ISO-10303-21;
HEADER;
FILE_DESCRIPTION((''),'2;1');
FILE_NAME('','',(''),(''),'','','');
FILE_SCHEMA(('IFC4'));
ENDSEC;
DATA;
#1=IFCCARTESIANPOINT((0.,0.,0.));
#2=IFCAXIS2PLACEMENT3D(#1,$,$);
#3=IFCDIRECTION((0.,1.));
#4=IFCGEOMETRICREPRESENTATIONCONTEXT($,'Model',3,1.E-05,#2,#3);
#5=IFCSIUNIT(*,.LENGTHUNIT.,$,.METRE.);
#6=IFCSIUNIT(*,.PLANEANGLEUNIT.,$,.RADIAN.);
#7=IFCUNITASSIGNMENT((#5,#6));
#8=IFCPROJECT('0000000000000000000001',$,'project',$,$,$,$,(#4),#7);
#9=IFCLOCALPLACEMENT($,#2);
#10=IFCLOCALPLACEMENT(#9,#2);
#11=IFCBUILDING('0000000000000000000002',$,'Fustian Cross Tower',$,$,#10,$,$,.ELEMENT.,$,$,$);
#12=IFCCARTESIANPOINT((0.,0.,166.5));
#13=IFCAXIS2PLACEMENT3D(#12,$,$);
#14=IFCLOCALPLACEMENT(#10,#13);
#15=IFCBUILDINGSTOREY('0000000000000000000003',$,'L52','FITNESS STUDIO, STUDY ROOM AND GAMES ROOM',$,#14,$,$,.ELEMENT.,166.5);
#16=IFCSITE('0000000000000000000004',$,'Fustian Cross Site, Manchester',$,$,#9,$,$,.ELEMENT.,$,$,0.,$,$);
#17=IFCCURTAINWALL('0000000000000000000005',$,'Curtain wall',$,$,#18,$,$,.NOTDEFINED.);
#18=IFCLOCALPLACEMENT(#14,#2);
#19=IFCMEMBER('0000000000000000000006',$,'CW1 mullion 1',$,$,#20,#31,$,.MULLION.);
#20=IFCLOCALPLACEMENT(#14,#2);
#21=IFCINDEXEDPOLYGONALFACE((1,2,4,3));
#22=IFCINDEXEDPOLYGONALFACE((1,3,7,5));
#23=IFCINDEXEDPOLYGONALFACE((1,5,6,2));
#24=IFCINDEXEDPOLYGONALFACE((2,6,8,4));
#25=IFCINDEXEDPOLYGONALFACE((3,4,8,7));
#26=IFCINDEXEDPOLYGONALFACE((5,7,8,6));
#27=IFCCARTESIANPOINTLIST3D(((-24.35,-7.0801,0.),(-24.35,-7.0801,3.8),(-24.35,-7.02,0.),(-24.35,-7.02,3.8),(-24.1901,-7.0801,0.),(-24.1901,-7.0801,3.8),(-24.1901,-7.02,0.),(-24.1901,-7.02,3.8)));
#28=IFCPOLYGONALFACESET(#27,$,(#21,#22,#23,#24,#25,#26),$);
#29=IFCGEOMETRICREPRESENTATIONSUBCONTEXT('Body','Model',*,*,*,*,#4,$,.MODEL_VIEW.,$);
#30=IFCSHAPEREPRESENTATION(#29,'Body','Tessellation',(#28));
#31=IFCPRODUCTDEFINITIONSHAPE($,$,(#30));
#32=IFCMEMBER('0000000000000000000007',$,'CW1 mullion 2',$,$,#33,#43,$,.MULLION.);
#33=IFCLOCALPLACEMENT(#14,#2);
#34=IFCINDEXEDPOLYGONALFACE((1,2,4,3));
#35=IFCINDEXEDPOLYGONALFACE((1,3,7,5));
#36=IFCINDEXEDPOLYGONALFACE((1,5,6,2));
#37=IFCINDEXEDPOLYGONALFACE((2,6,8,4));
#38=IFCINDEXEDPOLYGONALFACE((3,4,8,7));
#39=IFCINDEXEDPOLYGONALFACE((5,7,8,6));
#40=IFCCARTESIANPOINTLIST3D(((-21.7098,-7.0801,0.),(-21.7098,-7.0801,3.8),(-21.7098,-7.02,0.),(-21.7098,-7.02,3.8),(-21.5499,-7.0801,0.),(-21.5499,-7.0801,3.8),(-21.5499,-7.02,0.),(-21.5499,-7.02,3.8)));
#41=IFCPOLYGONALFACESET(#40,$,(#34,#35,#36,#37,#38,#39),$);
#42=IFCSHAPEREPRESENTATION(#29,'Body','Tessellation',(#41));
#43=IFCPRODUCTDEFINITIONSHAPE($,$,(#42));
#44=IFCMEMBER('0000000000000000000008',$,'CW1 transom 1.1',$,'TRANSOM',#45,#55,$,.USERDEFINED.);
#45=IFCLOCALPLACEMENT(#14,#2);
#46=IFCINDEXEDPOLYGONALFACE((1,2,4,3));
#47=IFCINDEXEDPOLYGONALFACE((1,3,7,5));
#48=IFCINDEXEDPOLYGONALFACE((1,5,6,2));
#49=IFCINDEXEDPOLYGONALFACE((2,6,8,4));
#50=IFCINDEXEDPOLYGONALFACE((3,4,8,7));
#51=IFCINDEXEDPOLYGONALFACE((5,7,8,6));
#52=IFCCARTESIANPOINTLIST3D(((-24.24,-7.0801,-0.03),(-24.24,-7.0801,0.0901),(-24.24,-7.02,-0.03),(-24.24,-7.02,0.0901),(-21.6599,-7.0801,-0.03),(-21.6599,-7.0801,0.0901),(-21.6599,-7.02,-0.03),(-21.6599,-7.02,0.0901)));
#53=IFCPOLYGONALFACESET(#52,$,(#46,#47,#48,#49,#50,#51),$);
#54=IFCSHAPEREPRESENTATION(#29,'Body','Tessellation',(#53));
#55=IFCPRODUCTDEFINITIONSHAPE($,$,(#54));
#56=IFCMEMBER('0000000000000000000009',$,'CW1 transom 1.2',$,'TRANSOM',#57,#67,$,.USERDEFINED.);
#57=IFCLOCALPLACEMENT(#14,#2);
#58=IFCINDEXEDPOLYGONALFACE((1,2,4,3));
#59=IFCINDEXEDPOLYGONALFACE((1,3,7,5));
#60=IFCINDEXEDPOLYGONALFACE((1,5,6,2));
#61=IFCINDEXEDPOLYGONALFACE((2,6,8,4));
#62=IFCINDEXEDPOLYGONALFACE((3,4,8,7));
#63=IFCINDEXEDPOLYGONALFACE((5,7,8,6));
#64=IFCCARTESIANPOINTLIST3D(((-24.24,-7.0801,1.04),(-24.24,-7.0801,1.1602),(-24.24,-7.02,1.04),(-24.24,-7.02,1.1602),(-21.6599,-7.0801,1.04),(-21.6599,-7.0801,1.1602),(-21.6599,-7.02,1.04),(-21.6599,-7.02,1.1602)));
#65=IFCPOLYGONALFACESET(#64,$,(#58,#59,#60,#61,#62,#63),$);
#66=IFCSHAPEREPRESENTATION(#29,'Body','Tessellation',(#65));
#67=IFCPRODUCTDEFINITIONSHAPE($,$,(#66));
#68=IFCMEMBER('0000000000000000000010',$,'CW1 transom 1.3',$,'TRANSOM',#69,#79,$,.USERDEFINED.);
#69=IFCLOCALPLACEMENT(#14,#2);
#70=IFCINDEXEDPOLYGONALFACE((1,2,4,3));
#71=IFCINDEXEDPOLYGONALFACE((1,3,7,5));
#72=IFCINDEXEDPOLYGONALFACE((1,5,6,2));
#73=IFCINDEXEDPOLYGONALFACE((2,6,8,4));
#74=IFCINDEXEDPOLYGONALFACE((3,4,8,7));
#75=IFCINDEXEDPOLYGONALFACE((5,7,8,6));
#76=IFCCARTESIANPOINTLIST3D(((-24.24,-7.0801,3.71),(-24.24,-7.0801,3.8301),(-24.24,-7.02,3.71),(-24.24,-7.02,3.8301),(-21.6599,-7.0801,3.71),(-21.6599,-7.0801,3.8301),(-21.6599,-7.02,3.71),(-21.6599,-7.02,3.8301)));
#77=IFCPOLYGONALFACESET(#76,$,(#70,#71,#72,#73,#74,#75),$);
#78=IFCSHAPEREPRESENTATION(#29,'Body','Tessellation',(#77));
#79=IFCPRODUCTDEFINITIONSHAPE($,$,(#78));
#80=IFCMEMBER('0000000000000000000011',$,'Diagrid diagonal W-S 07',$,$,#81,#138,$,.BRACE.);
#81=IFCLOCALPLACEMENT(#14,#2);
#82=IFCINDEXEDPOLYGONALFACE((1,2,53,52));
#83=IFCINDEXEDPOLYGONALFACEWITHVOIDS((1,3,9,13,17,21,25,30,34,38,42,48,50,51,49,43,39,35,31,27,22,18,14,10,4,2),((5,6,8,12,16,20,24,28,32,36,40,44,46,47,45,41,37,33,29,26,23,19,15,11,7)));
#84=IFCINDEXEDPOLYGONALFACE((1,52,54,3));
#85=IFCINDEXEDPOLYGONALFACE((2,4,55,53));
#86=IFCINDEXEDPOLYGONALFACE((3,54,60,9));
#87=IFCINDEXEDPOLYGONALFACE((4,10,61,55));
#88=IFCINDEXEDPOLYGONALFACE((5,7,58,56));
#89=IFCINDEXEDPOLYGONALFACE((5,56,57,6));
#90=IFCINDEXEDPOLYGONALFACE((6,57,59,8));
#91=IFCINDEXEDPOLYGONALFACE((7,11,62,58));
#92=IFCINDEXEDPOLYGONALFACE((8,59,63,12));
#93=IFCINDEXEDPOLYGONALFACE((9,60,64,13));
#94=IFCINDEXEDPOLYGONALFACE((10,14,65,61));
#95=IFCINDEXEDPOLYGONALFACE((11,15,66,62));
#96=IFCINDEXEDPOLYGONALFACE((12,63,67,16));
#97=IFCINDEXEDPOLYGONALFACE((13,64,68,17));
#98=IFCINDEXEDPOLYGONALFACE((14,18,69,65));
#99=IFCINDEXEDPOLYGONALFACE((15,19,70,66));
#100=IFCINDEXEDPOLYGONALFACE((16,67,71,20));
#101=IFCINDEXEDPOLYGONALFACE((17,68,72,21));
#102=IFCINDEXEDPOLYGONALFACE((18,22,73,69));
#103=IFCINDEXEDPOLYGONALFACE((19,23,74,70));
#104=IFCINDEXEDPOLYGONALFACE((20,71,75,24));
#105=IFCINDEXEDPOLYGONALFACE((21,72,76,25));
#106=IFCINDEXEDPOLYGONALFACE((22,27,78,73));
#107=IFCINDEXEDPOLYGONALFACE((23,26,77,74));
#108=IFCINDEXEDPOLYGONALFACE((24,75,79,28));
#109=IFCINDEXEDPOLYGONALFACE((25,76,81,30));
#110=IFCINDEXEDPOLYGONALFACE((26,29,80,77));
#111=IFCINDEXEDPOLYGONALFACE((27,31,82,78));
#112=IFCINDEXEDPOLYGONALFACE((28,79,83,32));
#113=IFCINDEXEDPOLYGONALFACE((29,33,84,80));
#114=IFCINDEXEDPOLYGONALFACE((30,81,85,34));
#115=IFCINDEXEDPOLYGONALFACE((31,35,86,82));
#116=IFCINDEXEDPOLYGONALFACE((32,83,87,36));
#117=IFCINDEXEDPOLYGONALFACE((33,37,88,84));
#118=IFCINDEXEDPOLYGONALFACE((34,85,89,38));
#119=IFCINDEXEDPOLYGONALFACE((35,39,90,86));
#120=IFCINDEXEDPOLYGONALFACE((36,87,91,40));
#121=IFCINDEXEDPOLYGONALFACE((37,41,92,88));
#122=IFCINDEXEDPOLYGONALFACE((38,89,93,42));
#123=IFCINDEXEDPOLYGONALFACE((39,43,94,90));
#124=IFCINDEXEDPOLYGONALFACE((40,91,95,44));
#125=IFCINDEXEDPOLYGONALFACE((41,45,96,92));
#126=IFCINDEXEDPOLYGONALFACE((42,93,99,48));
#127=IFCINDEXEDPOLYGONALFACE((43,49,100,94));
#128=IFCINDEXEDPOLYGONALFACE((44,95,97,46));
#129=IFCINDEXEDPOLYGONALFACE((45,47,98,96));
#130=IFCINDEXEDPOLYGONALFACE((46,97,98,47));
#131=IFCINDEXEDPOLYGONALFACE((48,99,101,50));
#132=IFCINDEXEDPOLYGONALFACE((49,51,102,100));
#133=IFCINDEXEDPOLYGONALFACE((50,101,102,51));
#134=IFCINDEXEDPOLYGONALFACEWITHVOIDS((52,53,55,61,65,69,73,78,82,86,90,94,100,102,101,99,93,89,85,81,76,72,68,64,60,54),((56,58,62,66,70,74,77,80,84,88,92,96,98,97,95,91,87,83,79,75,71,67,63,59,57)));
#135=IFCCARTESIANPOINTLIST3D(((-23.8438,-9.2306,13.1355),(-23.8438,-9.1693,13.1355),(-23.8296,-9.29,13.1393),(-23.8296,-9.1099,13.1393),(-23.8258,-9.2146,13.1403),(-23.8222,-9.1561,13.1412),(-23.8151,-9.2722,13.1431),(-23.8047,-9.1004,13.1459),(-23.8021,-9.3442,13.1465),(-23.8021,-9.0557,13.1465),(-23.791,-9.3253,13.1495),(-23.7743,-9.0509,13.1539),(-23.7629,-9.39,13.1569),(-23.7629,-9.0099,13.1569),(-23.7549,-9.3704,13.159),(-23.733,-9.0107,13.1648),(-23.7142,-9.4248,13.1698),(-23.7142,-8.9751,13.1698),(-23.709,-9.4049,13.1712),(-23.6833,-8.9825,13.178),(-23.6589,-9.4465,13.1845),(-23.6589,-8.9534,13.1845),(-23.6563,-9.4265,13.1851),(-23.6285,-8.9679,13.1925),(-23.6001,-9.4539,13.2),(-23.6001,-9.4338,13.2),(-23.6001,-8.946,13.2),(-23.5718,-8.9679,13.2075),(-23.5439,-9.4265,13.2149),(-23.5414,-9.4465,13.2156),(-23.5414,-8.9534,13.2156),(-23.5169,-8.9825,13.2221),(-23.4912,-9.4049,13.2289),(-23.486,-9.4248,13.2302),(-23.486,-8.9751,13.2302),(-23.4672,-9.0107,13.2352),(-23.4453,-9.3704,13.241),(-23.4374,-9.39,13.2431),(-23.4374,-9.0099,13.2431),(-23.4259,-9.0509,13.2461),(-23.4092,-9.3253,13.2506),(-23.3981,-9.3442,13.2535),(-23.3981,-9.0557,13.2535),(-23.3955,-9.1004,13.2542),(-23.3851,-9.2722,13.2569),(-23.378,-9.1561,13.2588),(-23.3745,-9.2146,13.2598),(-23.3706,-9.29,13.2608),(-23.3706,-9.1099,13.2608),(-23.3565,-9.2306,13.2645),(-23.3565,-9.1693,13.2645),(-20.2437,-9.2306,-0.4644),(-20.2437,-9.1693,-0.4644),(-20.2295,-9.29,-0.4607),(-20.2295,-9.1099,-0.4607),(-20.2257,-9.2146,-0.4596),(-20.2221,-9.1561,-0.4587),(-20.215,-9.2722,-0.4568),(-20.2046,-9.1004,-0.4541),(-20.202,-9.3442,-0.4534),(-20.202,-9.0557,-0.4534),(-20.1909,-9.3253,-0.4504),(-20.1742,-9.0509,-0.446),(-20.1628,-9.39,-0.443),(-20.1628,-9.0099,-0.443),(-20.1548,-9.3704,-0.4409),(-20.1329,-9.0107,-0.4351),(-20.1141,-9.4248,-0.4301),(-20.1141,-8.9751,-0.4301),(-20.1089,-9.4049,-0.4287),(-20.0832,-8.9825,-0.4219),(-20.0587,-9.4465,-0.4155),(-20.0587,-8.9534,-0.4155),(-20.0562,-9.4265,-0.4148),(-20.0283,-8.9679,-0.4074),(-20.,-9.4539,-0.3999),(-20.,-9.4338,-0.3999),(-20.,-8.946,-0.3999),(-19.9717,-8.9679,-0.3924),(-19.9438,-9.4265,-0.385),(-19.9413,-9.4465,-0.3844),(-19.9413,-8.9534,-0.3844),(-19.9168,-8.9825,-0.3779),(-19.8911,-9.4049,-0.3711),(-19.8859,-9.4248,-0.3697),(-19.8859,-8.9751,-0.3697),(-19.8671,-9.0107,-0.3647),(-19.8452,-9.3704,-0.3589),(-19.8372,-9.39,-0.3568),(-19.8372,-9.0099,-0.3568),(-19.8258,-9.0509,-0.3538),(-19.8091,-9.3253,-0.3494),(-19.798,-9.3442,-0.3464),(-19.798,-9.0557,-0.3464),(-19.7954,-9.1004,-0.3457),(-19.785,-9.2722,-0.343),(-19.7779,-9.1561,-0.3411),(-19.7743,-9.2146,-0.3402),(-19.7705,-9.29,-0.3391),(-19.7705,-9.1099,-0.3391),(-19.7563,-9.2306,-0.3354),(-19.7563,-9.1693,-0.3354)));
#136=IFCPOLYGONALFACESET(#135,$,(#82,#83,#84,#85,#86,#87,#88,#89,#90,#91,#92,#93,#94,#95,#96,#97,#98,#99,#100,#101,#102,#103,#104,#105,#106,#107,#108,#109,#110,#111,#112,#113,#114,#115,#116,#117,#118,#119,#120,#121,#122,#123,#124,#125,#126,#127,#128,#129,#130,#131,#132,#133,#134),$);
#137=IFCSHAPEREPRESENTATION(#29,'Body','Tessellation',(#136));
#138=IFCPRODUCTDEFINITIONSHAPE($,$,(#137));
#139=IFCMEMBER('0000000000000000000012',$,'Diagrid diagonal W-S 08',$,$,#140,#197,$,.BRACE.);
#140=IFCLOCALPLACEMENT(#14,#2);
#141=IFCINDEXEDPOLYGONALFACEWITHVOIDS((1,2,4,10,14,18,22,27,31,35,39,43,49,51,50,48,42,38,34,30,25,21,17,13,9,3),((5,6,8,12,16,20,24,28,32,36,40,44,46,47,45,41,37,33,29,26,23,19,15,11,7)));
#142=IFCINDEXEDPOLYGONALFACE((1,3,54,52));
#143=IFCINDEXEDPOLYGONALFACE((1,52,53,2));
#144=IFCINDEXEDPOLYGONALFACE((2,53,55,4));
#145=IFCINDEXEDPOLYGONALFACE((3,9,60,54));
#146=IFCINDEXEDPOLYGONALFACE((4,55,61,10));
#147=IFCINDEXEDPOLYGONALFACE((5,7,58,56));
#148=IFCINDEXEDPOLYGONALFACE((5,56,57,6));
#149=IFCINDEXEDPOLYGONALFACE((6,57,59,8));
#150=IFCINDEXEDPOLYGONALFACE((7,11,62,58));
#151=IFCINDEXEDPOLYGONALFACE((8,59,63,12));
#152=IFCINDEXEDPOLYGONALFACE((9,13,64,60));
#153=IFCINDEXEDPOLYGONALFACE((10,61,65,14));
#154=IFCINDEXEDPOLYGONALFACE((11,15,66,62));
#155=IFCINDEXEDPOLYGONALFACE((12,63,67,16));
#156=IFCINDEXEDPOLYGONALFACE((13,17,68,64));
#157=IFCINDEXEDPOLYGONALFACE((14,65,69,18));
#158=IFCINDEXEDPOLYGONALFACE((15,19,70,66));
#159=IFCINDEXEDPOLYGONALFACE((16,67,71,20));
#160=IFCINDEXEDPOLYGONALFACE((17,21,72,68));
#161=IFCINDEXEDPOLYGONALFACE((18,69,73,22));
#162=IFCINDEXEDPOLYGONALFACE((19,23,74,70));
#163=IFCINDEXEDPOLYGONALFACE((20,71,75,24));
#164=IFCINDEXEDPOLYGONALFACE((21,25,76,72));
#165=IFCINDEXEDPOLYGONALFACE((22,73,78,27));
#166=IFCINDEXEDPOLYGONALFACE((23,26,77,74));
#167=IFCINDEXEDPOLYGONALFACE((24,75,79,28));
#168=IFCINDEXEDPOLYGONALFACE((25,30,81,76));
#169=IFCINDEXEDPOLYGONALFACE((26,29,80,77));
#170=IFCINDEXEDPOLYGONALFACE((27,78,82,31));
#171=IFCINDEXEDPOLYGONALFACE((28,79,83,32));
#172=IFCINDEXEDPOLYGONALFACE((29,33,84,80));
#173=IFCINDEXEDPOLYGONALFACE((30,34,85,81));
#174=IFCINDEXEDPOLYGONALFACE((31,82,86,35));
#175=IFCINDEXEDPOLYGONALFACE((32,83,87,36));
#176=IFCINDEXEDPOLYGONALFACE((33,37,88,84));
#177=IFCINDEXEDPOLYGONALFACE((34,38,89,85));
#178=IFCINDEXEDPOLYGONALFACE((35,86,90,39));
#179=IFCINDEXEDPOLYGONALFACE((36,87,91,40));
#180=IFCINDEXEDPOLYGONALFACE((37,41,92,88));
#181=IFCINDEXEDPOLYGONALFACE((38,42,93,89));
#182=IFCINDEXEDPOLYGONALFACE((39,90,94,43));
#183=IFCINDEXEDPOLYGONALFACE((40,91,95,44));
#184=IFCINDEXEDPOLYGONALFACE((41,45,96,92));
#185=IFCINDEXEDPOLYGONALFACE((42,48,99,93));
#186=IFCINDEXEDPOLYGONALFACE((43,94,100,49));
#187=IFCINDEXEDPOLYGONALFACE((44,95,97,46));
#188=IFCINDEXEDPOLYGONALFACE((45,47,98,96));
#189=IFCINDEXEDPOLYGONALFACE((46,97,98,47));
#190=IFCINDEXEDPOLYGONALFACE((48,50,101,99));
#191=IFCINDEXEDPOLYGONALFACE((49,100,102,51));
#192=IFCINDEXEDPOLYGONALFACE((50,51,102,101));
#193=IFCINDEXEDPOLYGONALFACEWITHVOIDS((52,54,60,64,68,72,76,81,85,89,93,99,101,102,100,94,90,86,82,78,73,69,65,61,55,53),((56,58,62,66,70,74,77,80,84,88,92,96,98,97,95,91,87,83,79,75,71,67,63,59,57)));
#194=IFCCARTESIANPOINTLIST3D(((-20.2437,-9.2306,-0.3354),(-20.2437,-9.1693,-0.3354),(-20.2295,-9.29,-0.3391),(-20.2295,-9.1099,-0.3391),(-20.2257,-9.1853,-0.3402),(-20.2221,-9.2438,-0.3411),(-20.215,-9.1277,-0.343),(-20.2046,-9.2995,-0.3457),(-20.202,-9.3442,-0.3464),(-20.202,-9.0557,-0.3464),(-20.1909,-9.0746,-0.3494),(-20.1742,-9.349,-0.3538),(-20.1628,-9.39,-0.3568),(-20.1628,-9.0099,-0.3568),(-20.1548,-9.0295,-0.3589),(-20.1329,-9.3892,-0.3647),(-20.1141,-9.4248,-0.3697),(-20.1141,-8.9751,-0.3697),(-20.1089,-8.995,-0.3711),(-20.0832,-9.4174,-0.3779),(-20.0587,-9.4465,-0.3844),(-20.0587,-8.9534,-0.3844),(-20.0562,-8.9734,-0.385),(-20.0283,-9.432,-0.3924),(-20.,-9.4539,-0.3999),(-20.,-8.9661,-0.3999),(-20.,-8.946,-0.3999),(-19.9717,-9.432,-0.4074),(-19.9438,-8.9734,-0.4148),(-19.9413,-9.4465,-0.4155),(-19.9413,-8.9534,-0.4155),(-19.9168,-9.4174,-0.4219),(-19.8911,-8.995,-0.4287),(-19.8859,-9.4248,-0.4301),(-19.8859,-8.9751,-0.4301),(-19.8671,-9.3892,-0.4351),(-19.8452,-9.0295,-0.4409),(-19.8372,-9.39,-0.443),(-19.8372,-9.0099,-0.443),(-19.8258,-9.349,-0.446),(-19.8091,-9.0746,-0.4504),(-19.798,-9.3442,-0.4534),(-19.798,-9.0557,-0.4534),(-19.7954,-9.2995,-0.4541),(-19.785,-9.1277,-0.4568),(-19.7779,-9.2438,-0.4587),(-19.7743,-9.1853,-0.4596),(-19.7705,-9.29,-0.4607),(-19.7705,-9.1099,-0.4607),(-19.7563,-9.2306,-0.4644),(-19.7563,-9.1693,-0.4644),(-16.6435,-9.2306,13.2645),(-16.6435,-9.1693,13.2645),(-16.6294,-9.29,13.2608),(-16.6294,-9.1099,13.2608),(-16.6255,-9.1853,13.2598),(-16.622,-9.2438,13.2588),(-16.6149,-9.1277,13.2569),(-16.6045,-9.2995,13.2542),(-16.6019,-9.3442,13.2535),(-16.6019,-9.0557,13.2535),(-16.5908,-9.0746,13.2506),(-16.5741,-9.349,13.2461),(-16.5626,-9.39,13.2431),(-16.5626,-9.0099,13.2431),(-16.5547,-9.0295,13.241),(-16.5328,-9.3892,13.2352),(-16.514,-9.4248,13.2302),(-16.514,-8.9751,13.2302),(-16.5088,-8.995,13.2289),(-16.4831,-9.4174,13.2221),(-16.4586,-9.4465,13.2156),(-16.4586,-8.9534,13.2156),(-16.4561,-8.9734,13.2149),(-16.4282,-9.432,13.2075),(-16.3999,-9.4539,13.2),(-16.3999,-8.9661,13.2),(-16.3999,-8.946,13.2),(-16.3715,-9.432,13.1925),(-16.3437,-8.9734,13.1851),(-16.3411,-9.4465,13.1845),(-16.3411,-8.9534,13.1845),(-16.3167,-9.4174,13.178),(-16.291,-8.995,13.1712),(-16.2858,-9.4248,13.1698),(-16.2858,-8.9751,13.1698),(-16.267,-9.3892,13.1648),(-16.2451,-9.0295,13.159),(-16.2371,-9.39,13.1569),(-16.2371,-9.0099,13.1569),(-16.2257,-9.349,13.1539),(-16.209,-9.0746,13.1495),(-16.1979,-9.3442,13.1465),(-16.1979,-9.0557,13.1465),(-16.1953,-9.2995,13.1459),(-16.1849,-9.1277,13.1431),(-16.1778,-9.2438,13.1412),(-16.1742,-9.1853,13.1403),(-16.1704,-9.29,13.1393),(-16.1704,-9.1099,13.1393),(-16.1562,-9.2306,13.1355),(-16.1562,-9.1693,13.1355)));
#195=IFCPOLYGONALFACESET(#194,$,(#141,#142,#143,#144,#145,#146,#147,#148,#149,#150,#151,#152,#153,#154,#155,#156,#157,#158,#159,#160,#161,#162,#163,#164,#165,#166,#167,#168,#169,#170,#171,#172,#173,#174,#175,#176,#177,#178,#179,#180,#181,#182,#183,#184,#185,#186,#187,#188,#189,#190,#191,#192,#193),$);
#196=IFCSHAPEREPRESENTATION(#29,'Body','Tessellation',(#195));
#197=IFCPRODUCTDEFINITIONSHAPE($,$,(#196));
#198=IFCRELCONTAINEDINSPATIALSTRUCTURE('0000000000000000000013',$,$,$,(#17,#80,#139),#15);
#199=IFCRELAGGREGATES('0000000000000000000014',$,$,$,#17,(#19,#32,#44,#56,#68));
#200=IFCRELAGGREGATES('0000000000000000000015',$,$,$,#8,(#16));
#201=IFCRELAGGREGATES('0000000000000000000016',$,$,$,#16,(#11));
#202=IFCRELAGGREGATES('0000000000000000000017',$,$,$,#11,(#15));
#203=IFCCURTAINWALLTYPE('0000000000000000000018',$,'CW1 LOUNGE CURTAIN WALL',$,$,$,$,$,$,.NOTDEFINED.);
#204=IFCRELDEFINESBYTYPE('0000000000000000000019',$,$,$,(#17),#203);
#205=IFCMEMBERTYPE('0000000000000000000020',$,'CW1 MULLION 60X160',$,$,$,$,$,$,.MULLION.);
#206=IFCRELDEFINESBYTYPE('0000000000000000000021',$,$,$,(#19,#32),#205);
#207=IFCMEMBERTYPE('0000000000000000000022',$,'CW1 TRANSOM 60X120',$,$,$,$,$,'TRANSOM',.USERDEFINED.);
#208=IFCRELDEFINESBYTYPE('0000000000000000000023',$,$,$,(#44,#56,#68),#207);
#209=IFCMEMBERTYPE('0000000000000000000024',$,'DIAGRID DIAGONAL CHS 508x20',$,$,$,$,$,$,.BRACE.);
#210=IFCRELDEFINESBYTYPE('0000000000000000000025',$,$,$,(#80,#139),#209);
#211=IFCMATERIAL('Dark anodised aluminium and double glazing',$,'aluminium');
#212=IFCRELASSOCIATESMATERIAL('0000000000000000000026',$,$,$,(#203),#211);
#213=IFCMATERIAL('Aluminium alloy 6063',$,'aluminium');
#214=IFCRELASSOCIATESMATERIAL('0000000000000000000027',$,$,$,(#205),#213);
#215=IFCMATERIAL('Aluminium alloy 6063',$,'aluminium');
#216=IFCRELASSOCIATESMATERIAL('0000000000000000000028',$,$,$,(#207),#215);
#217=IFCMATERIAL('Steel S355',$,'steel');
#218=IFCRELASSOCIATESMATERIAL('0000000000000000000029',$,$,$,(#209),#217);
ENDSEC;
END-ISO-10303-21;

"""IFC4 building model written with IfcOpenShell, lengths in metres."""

from ifc_helpers import new_model, si_unit, direction, frame, origin, origin_2d, place, context, subcontext, project, spatial, rectangle, hollow_circle, extrude, material, material_profile, profile_set, type_object, element, aggregate, save


model = new_model("IFC4")

# Units and contexts
model_context = context("Model", 3, precision=1e-05, world=origin(), true_north=direction((0.0, 1.0)))
body_context = subcontext(model_context, "Body", "Model", "MODEL_VIEW")
ifc_project = project(units=[si_unit("LENGTHUNIT", "METRE"), si_unit("PLANEANGLEUNIT", "RADIAN")], contexts=[model_context])

# Site, building, storey
site_placement = place(None, origin())
site = spatial("IfcSite", under=ifc_project, at=site_placement, Name="Fustian Cross Site, Manchester", CompositionType="ELEMENT", RefElevation=0.0)
building_placement = place(site_placement, origin())
building = spatial("IfcBuilding", under=site, at=building_placement, Name="Fustian Cross Tower", CompositionType="ELEMENT")
storey_placement = place(building_placement, frame((0.0, 0.0, 166.5)))
storey = spatial("IfcBuildingStorey", under=building, at=storey_placement, Name="L52", Description="FITNESS STUDIO, STUDY ROOM AND GAMES ROOM", CompositionType="ELEMENT", Elevation=166.5)

# Curtain wall, members
ifc_material_1 = material(Name="Dark anodised aluminium and double glazing", Category="aluminium")
curtain_wall_type = type_object("IfcCurtainWallType", Name="CW1 LOUNGE CURTAIN WALL", PredefinedType="NOTDEFINED", material=ifc_material_1)
curtain_wall_placement = place(storey_placement, origin())
curtain_wall = element("IfcCurtainWall", 1, at=curtain_wall_placement, inside=storey, type_object=curtain_wall_type, Name="Curtain wall", PredefinedType="NOTDEFINED")
ifc_material_2 = material(Name="Aluminium alloy 6063", Category="aluminium")
ifc_material_profile_1 = material_profile(ifc_material_2, rectangle(XDim=0.0601, YDim=0.1599, at=origin_2d()), Name="CW1 MULLION 60X160")
ifc_profile_set_1 = profile_set([ifc_material_profile_1], Name="Aluminium alloy 6063")
member_type_1 = type_object("IfcMemberType", Name="CW1 MULLION 60X160", PredefinedType="MULLION", material=ifc_profile_set_1)
member_1_placement = place(storey_placement, frame((-24.27, -7.05, 0.0), z_axis=(0.0, 0.0, 1.0), x_axis=(0.0, 1.0, 0.0)))
member_1 = element("IfcMember", 2, at=member_1_placement, type_object=member_type_1, Name="CW1 mullion 1", PredefinedType="MULLION", context=body_context, shape_type="SweptSolid", body=[
    extrude(rectangle(XDim=0.0601, YDim=0.1599, at=origin_2d()), origin(), (0.0, 0.0, 1.0), 3.8),
])
member_2_placement = place(storey_placement, frame((-21.6299, -7.05, 0.0), z_axis=(0.0, 0.0, 1.0), x_axis=(0.0, 1.0, 0.0)))
member_2 = element("IfcMember", 3, at=member_2_placement, type_object=member_type_1, Name="CW1 mullion 2", PredefinedType="MULLION", context=body_context, shape_type="SweptSolid", body=[
    extrude(rectangle(XDim=0.0601, YDim=0.1599, at=origin_2d()), origin(), (0.0, 0.0, 1.0), 3.8),
])
ifc_material_3 = material(Name="Aluminium alloy 6063", Category="aluminium")
ifc_material_profile_2 = material_profile(ifc_material_3, rectangle(XDim=0.0601, YDim=0.1201, at=origin_2d()), Name="CW1 TRANSOM 60X120")
ifc_profile_set_2 = profile_set([ifc_material_profile_2], Name="Aluminium alloy 6063")
member_type_2 = type_object("IfcMemberType", Name="CW1 TRANSOM 60X120", ElementType="TRANSOM", PredefinedType="USERDEFINED", material=ifc_profile_set_2)
member_3_placement = place(storey_placement, frame((-24.24, -7.05, 0.03), z_axis=(1.0, 0.0, 0.0), x_axis=(0.0, 1.0, 0.0)))
member_3 = element("IfcMember", 4, at=member_3_placement, type_object=member_type_2, Name="CW1 transom 1.1", ObjectType="TRANSOM", PredefinedType="USERDEFINED", context=body_context, shape_type="SweptSolid", body=[
    extrude(rectangle(XDim=0.0601, YDim=0.1201, at=origin_2d()), origin(), (0.0, 0.0, 1.0), 2.5801),
])
member_4_placement = place(storey_placement, frame((-24.24, -7.05, 1.1001), z_axis=(1.0, 0.0, 0.0), x_axis=(0.0, 1.0, 0.0)))
member_4 = element("IfcMember", 5, at=member_4_placement, type_object=member_type_2, Name="CW1 transom 1.2", ObjectType="TRANSOM", PredefinedType="USERDEFINED", context=body_context, shape_type="SweptSolid", body=[
    extrude(rectangle(XDim=0.0601, YDim=0.1201, at=origin_2d()), origin(), (0.0, 0.0, 1.0), 2.5801),
])
member_5_placement = place(storey_placement, frame((-24.24, -7.05, 3.77), z_axis=(1.0, 0.0, 0.0), x_axis=(0.0, 1.0, 0.0)))
member_5 = element("IfcMember", 6, at=member_5_placement, type_object=member_type_2, Name="CW1 transom 1.3", ObjectType="TRANSOM", PredefinedType="USERDEFINED", context=body_context, shape_type="SweptSolid", body=[
    extrude(rectangle(XDim=0.0601, YDim=0.1201, at=origin_2d()), origin(), (0.0, 0.0, 1.0), 2.5801),
])

# Members
ifc_material_4 = material(Name="Steel S355", Category="steel")
ifc_material_profile_3 = material_profile(ifc_material_4, hollow_circle(Radius=0.2539, WallThickness=0.02, at=origin_2d()), Name="CHS 508x20")
ifc_profile_set_3 = profile_set([ifc_material_profile_3], Name="Steel S355")
member_type_3 = type_object("IfcMemberType", Name="DIAGRID DIAGONAL CHS 508x20", PredefinedType="BRACE", material=ifc_profile_set_3)
for number, where, z_axis, x_axis, name in (
    (7, (-20.0, -9.2, -0.3999), (-0.255902, 0.0, 0.966703), (0.0, -1.0, 0.0), "Diagrid diagonal W-S 07"),
    (8, (-20.0, -9.2, -0.3999), (0.255902, 0.0, 0.966703), (0.0, 1.0, 0.0), "Diagrid diagonal W-S 08"),
):
    element("IfcMember", number, at=place(storey_placement, frame(where, z_axis=z_axis, x_axis=x_axis)), inside=storey, type_object=member_type_3, Name=name, PredefinedType="BRACE", context=body_context, shape_type="SweptSolid", body=[
        extrude(hollow_circle(Radius=0.2539, WallThickness=0.02, at=origin_2d()), origin(), (0.0, 0.0, 1.0), 14.0684),
    ])

aggregate(curtain_wall, [member_1, member_2, member_3, member_4, member_5])

save(model, "model.ifc")
